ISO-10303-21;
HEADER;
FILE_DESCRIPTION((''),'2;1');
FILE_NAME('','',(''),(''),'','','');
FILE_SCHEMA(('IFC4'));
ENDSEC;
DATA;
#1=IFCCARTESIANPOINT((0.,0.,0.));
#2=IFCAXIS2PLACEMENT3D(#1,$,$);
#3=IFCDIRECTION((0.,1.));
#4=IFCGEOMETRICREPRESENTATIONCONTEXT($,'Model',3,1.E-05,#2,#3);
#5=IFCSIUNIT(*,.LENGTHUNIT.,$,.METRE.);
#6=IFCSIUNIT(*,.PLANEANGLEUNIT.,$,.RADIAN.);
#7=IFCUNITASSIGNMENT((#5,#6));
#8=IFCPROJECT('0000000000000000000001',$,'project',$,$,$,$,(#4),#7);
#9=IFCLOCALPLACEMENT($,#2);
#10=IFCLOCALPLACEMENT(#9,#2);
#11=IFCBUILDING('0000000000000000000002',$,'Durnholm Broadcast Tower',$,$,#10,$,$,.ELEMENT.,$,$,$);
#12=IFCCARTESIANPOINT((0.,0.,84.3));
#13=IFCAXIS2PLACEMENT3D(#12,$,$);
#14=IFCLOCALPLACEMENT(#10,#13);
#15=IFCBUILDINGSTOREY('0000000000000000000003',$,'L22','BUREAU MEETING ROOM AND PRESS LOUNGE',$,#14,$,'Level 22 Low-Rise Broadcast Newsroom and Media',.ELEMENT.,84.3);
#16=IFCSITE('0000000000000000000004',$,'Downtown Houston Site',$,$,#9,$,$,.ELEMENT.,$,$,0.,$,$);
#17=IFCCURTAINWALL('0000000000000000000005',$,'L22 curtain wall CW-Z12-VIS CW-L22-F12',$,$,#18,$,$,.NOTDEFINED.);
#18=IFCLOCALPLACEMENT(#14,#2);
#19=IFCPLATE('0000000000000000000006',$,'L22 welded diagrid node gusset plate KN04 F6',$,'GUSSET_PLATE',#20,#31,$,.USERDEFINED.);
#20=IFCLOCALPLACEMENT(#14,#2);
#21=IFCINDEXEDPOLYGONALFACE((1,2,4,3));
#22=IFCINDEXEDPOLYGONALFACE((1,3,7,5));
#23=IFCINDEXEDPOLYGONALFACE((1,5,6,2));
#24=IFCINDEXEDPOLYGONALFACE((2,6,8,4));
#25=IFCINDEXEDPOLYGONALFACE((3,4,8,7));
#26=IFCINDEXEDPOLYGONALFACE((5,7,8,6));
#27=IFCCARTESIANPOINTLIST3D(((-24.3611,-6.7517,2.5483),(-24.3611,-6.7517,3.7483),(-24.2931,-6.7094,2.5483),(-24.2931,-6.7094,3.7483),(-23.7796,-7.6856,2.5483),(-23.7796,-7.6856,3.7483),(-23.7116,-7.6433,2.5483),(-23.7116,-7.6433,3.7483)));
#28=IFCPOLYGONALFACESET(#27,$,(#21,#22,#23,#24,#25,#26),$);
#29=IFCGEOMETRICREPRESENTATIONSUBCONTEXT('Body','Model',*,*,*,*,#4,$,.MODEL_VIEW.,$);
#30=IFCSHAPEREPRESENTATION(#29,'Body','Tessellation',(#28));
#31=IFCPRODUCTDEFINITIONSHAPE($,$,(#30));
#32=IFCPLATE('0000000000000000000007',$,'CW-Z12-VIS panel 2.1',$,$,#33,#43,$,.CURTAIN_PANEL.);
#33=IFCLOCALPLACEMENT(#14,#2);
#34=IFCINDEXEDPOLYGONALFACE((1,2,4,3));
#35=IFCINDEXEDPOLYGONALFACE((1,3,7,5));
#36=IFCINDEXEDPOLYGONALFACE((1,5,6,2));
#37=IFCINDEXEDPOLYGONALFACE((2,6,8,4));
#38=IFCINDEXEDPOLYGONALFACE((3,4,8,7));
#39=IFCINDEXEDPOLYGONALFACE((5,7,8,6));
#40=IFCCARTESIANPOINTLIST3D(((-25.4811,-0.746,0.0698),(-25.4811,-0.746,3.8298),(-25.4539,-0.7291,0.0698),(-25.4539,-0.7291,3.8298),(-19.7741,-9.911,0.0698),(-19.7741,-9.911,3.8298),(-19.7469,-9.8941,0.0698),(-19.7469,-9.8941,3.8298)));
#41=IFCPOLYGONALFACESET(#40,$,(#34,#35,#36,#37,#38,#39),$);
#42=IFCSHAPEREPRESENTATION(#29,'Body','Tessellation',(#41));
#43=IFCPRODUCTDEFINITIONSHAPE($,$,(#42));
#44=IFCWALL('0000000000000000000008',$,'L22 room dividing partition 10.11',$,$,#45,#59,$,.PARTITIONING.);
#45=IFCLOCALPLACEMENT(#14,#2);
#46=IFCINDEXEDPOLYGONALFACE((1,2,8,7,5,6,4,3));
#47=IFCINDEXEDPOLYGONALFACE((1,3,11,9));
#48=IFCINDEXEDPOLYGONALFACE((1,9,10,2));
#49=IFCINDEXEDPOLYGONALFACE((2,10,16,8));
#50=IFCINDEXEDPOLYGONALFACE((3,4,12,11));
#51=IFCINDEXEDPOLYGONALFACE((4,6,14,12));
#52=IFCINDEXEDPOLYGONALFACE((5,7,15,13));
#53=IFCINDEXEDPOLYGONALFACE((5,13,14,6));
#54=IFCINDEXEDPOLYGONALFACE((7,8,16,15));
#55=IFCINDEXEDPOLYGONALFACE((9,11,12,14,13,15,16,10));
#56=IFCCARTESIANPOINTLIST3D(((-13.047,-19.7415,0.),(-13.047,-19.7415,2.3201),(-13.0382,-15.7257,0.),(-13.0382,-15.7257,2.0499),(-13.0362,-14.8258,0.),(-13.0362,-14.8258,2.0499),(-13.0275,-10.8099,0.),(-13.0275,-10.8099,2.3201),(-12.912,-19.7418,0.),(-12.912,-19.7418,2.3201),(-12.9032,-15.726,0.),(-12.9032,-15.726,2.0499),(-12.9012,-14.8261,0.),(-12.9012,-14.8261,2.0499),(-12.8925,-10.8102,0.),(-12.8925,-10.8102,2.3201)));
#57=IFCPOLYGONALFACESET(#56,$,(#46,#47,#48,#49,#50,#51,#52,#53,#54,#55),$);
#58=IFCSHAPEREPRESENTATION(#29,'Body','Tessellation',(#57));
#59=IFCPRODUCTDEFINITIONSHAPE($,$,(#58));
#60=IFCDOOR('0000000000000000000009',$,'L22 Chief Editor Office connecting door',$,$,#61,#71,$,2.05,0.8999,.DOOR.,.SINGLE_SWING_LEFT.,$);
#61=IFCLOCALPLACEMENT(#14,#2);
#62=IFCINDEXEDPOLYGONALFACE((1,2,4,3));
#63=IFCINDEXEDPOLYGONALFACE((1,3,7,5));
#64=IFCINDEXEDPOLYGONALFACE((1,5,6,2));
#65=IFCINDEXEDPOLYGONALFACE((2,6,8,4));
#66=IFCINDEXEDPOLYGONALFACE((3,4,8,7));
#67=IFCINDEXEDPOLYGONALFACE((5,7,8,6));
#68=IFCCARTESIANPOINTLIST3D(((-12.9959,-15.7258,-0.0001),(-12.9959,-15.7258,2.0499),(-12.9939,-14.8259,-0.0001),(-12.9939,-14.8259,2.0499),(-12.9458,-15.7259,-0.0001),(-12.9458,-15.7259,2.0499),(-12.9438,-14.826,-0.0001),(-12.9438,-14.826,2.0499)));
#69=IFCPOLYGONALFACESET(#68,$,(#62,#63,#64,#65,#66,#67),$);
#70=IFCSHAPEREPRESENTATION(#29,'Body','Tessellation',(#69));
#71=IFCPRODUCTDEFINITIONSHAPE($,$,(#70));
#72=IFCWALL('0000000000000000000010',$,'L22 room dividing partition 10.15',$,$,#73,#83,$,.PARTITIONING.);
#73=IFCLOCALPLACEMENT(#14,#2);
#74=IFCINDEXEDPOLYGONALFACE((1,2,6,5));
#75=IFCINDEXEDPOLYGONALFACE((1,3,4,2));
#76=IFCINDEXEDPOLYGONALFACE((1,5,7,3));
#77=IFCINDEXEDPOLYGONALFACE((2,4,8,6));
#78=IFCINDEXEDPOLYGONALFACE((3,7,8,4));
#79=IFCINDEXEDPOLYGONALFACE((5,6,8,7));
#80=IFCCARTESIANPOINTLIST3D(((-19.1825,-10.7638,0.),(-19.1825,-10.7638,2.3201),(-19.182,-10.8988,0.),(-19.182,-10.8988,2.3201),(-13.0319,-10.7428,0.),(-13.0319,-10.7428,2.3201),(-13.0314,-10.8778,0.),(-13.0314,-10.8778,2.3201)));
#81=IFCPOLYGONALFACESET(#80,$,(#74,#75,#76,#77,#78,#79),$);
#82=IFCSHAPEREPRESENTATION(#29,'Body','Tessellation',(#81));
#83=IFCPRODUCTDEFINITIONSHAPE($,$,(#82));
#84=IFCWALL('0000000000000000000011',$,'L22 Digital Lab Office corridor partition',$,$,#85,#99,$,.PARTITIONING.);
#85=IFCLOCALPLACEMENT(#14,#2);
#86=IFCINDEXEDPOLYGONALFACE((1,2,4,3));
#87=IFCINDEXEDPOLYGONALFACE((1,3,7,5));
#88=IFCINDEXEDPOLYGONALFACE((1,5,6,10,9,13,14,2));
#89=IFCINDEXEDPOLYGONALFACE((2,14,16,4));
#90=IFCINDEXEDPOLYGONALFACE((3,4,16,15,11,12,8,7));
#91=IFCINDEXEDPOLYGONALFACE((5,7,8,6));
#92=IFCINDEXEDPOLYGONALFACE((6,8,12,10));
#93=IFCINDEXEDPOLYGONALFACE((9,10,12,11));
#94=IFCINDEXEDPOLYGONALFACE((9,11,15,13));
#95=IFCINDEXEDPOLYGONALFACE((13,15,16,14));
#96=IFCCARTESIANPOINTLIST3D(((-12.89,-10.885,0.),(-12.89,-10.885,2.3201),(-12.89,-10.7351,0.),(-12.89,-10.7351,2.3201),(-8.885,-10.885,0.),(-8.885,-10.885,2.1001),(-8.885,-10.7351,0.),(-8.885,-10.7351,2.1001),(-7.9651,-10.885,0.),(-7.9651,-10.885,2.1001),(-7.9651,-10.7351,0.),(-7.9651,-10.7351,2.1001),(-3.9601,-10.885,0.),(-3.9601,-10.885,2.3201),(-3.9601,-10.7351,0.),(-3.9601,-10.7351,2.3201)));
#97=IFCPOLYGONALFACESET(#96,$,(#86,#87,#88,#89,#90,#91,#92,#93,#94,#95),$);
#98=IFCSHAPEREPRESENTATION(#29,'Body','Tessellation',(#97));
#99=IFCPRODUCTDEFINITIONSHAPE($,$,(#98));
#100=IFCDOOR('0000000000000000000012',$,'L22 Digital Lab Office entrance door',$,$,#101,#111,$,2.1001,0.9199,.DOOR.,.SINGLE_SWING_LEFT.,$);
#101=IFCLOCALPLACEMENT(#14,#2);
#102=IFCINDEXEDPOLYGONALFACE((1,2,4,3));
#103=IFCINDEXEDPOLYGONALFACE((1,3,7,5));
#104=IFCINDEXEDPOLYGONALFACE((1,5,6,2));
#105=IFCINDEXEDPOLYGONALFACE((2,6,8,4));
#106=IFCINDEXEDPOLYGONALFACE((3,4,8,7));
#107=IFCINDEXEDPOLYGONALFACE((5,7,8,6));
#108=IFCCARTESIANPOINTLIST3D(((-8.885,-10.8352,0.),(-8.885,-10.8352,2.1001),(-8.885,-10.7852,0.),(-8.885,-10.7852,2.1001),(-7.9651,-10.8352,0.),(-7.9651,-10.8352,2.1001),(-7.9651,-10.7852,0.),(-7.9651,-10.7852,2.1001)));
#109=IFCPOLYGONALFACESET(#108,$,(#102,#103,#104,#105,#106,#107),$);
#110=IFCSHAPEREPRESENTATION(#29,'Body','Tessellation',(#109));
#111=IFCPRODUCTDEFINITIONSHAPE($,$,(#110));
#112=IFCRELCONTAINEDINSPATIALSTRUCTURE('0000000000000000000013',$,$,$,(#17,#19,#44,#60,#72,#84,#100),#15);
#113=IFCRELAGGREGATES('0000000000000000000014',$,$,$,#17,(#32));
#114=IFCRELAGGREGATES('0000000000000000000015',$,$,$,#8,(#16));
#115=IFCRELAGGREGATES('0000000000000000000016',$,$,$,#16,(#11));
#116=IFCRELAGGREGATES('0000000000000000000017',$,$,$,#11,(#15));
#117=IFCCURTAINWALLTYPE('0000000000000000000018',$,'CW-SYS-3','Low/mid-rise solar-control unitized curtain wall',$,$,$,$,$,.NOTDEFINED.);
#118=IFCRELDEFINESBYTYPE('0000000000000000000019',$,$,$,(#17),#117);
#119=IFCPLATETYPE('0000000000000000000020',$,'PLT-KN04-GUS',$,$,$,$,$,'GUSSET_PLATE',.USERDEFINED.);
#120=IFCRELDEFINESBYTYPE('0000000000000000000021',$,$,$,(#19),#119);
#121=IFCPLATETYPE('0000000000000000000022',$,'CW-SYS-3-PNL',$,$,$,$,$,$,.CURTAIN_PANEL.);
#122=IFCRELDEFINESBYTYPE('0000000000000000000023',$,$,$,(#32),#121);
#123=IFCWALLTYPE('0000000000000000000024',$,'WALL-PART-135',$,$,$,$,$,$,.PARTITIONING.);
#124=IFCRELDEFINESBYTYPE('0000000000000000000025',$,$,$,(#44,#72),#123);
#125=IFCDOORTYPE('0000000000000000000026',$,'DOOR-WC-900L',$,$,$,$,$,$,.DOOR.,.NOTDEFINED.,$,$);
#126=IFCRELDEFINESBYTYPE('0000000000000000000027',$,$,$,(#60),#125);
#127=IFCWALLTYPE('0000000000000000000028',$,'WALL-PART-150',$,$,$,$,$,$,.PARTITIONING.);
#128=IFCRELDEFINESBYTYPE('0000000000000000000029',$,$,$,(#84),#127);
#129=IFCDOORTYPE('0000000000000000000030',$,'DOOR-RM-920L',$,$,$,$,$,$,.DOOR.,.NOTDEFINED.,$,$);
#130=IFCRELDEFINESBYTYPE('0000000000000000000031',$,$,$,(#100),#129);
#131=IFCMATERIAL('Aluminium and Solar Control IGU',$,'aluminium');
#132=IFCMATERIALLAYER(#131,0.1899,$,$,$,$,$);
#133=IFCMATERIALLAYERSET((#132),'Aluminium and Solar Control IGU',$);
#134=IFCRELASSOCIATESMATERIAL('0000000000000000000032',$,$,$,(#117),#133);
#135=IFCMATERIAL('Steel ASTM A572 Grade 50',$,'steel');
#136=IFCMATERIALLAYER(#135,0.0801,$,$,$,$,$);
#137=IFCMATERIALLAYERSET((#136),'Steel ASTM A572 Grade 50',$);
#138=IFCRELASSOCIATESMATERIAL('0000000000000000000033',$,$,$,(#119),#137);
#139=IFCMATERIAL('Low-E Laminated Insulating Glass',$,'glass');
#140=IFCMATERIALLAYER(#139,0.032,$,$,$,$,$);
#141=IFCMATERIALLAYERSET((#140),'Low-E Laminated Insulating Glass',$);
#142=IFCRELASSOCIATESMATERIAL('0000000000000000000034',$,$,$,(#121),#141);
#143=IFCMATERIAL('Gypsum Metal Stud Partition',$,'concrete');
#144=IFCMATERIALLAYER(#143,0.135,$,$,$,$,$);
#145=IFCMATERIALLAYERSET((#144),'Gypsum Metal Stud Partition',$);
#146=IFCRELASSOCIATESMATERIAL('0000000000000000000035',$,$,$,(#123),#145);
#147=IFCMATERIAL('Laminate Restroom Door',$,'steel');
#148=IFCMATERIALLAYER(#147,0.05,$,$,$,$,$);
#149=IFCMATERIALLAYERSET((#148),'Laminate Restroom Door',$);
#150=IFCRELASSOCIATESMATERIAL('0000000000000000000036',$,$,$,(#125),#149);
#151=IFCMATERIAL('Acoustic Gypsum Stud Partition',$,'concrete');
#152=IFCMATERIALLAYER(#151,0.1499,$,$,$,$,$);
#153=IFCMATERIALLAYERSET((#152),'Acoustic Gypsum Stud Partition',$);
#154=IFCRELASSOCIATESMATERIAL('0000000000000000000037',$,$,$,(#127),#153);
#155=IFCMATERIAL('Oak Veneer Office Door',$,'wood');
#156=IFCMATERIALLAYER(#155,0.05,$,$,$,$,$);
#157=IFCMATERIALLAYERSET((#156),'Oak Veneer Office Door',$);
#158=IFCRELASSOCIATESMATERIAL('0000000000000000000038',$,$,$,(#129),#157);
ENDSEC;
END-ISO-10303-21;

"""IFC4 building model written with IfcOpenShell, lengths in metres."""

from ifc_helpers import new_model, si_unit, direction, frame, frame_2d, origin, origin_2d, place, context, subcontext, project, spatial, rectangle, extrude, source, transform, mapped, material, layer, layer_set, type_object, type_shapes, element, fill, aggregate, save


model = new_model("IFC4")

# Units and contexts
model_context = context("Model", 3, precision=1e-05, world=origin(), true_north=direction((0.0, 1.0)))
body_context = subcontext(model_context, "Body", "Model", "MODEL_VIEW")
ifc_project = project(units=[si_unit("LENGTHUNIT", "METRE"), si_unit("PLANEANGLEUNIT", "RADIAN")], contexts=[model_context])

# Site, building, storey
site_placement = place(None, origin())
site = spatial("IfcSite", under=ifc_project, at=site_placement, Name="Downtown Houston Site", CompositionType="ELEMENT", RefElevation=0.0)
building_placement = place(site_placement, origin())
building = spatial("IfcBuilding", under=site, at=building_placement, Name="Durnholm Broadcast Tower", CompositionType="ELEMENT")
storey_placement = place(building_placement, frame((0.0, 0.0, 84.3)))
storey = spatial("IfcBuildingStorey", under=building, at=storey_placement, Name="L22", Description="BUREAU MEETING ROOM AND PRESS LOUNGE", LongName="Level 22 Low-Rise Broadcast Newsroom and Media", CompositionType="ELEMENT", Elevation=84.3)

# Curtain wall
ifc_material_1 = material(Name="Aluminium and Solar Control IGU", Category="aluminium")
ifc_layer_1 = layer(ifc_material_1, 0.1899)
ifc_layer_set_1 = layer_set([ifc_layer_1], Name="Aluminium and Solar Control IGU")
curtain_wall_type_1 = type_object("IfcCurtainWallType", Name="CW-SYS-3", Description="Low/mid-rise solar-control unitized curtain wall", PredefinedType="NOTDEFINED", material=ifc_layer_set_1)
curtain_wall_1_placement = place(storey_placement, origin())
curtain_wall_1 = element("IfcCurtainWall", 1, at=curtain_wall_1_placement, inside=storey, type_object=curtain_wall_type_1, Name="L22 curtain wall CW-Z12-VIS CW-L22-F12", PredefinedType="NOTDEFINED")

# Plate
ifc_material_2 = material(Name="Steel ASTM A572 Grade 50", Category="steel")
ifc_layer_2 = layer(ifc_material_2, 0.0801)
ifc_layer_set_2 = layer_set([ifc_layer_2], Name="Steel ASTM A572 Grade 50")
plate_type_1 = type_object("IfcPlateType", Name="PLT-KN04-GUS", ElementType="GUSSET_PLATE", PredefinedType="USERDEFINED", material=ifc_layer_set_2)
shared_shape_1 = source(origin(), body_context, "Body", "SweptSolid", [
    extrude(rectangle(XDim=1.1001, YDim=0.0801, at=origin_2d()), origin(), (0.0, 0.0, 1.0), 1.2),
])
type_shapes(plate_type_1, [shared_shape_1])
plate_1_placement = place(storey_placement, frame((-24.0364, -7.1975, 2.5483), z_axis=(0.0, 0.0, 1.0), x_axis=(0.528587, -0.848879, 0.0)))
element("IfcPlate", 2, at=plate_1_placement, inside=storey, type_object=plate_type_1, Name="L22 welded diagrid node gusset plate KN04 F6", ObjectType="GUSSET_PLATE", PredefinedType="USERDEFINED", context=body_context, shape_type="MappedRepresentation", body=[
    mapped(shared_shape_1, transform((0.0, 0.0, 0.0), x_axis=(1.0, 0.0, 0.0), y_axis=(0.0, 1.0, 0.0), z_axis=(0.0, 0.0, 1.0), scale=1.0)),
])

# Plate
ifc_material_3 = material(Name="Low-E Laminated Insulating Glass", Category="glass")
ifc_layer_3 = layer(ifc_material_3, 0.032)
ifc_layer_set_3 = layer_set([ifc_layer_3], Name="Low-E Laminated Insulating Glass")
plate_type_2 = type_object("IfcPlateType", Name="CW-SYS-3-PNL", PredefinedType="CURTAIN_PANEL", material=ifc_layer_set_3)
shared_shape_2 = source(origin(), body_context, "Body", "SweptSolid", [
    extrude(rectangle(XDim=10.7966, YDim=0.032, at=origin_2d()), origin(), (0.0, 0.0, 1.0), 3.76),
])
type_shapes(plate_type_2, [shared_shape_2])
plate_2_placement = place(storey_placement, frame((-22.614, -5.3201, 0.0698), z_axis=(0.0, 0.0, 1.0), x_axis=(-0.528592, 0.848876, 0.0)))
plate_2 = element("IfcPlate", 3, at=plate_2_placement, type_object=plate_type_2, Name="CW-Z12-VIS panel 2.1", PredefinedType="CURTAIN_PANEL", context=body_context, shape_type="MappedRepresentation", body=[
    mapped(shared_shape_2, transform((0.0, 0.0, 0.0), x_axis=(1.0, 0.0, 0.0), y_axis=(0.0, 1.0, 0.0), z_axis=(0.0, 0.0, 1.0), scale=1.0)),
])
aggregate(curtain_wall_1, [plate_2])

# Wall, opening, door
ifc_material_4 = material(Name="Gypsum Metal Stud Partition", Category="concrete")
ifc_layer_4 = layer(ifc_material_4, 0.135)
ifc_layer_set_4 = layer_set([ifc_layer_4], Name="Gypsum Metal Stud Partition")
wall_type_1 = type_object("IfcWallType", Name="WALL-PART-135", PredefinedType="PARTITIONING", material=ifc_layer_set_4)
wall_1_placement = place(storey_placement, frame((-12.96, -10.8101, 0.0), z_axis=(0.0, 0.0, 1.0), x_axis=(-0.002187, -0.999998, 0.0)))
wall_1 = element("IfcWall", 4, at=wall_1_placement, inside=storey, type_object=wall_type_1, Name="L22 room dividing partition 10.11", PredefinedType="PARTITIONING", context=body_context, shape_type="SweptSolid", body=[
    extrude(rectangle(XDim=8.9316, YDim=0.135, at=frame_2d((4.4658, 0.0))), origin(), (0.0, 0.0, 1.0), 2.3201),
])
opening_1_placement = place(wall_1_placement, frame((4.0159, 0.0, 0.0)))
opening_1 = element("IfcOpeningElement", 5, at=opening_1_placement, cuts=wall_1, PredefinedType="OPENING", context=body_context, shape_type="SweptSolid", body=[
    extrude(rectangle(XDim=0.8999, YDim=2.05, at=frame_2d((0.45, 1.0249))), frame((0.0, 0.0776, 0.0), z_axis=(0.0, -1.0, 0.0), x_axis=(1.0, 0.0, 0.0)), (0.0, 0.0, 1.0), 0.155),
])
ifc_material_5 = material(Name="Laminate Restroom Door", Category="steel")
ifc_layer_5 = layer(ifc_material_5, 0.05)
ifc_layer_set_5 = layer_set([ifc_layer_5], Name="Laminate Restroom Door")
door_type_1 = type_object("IfcDoorType", Name="DOOR-WC-900L", OperationType="NOTDEFINED", PredefinedType="DOOR", material=ifc_layer_set_5)
shared_shape_3 = source(origin(), body_context, "Body", "SweptSolid", [
    extrude(rectangle(XDim=0.8999, YDim=2.05, at=frame_2d((0.45, 1.0249))), frame((0.0, 0.0249, 0.0), z_axis=(0.0, -1.0, 0.0), x_axis=(1.0, 0.0, 0.0)), (0.0, 0.0, 1.0), 0.05),
])
type_shapes(door_type_1, [shared_shape_3])
door_1_placement = place(opening_1_placement, origin())
door_1 = element("IfcDoor", 6, at=door_1_placement, inside=storey, type_object=door_type_1, Name="L22 Chief Editor Office connecting door", OperationType="SINGLE_SWING_LEFT", OverallHeight=2.05, OverallWidth=0.8999, PredefinedType="DOOR", context=body_context, shape_type="MappedRepresentation", body=[
    mapped(shared_shape_3, transform((0.0, 0.0, 0.0), x_axis=(1.0, 0.0, 0.0), y_axis=(0.0, 1.0, 0.0), z_axis=(0.0, 0.0, 1.0), scale=1.0)),
])
fill(opening_1, door_1)

# Wall
wall_2_placement = place(storey_placement, frame((-19.1821, -10.8313, 0.0), z_axis=(0.0, 0.0, 1.0), x_axis=(0.999994, 0.003414, 0.0)))
element("IfcWall", 7, at=wall_2_placement, inside=storey, type_object=wall_type_1, Name="L22 room dividing partition 10.15", PredefinedType="PARTITIONING", context=body_context, shape_type="SweptSolid", body=[
    extrude(rectangle(XDim=6.1506, YDim=0.135, at=frame_2d((3.0752, 0.0))), origin(), (0.0, 0.0, 1.0), 2.3201),
])

# Wall, opening, door
ifc_material_6 = material(Name="Acoustic Gypsum Stud Partition", Category="concrete")
ifc_layer_6 = layer(ifc_material_6, 0.1499)
ifc_layer_set_6 = layer_set([ifc_layer_6], Name="Acoustic Gypsum Stud Partition")
wall_type_2 = type_object("IfcWallType", Name="WALL-PART-150", PredefinedType="PARTITIONING", material=ifc_layer_set_6)
wall_3_placement = place(storey_placement, frame((-12.8899, -10.8101, 0.0), z_axis=(0.0, 0.0, 1.0), x_axis=(1.0, 0.0, 0.0)))
wall_3 = element("IfcWall", 8, at=wall_3_placement, inside=storey, type_object=wall_type_2, Name="L22 Digital Lab Office corridor partition", PredefinedType="PARTITIONING", context=body_context, shape_type="SweptSolid", body=[
    extrude(rectangle(XDim=8.9299, YDim=0.1499, at=frame_2d((4.4648, 0.0))), origin(), (0.0, 0.0, 1.0), 2.3201),
])
opening_2_placement = place(wall_3_placement, frame((4.0049, 0.0, 0.0)))
opening_2 = element("IfcOpeningElement", 9, at=opening_2_placement, cuts=wall_3, PredefinedType="OPENING", context=body_context, shape_type="SweptSolid", body=[
    extrude(rectangle(XDim=0.9199, YDim=2.1001, at=frame_2d((0.46, 1.05))), frame((0.0, 0.085, 0.0), z_axis=(0.0, -1.0, 0.0), x_axis=(1.0, 0.0, 0.0)), (0.0, 0.0, 1.0), 0.1699),
])
ifc_material_7 = material(Name="Oak Veneer Office Door", Category="wood")
ifc_layer_7 = layer(ifc_material_7, 0.05)
ifc_layer_set_7 = layer_set([ifc_layer_7], Name="Oak Veneer Office Door")
door_type_2 = type_object("IfcDoorType", Name="DOOR-RM-920L", OperationType="NOTDEFINED", PredefinedType="DOOR", material=ifc_layer_set_7)
shared_shape_4 = source(origin(), body_context, "Body", "SweptSolid", [
    extrude(rectangle(XDim=0.9199, YDim=2.1001, at=frame_2d((0.46, 1.05))), frame((0.0, 0.0249, 0.0), z_axis=(0.0, -1.0, 0.0), x_axis=(1.0, 0.0, 0.0)), (0.0, 0.0, 1.0), 0.05),
])
type_shapes(door_type_2, [shared_shape_4])
door_2_placement = place(opening_2_placement, origin())
door_2 = element("IfcDoor", 10, at=door_2_placement, inside=storey, type_object=door_type_2, Name="L22 Digital Lab Office entrance door", OperationType="SINGLE_SWING_LEFT", OverallHeight=2.1001, OverallWidth=0.9199, PredefinedType="DOOR", context=body_context, shape_type="MappedRepresentation", body=[
    mapped(shared_shape_4, transform((0.0, 0.0, 0.0), x_axis=(1.0, 0.0, 0.0), y_axis=(0.0, 1.0, 0.0), z_axis=(0.0, 0.0, 1.0), scale=1.0)),
])
fill(opening_2, door_2)

save(model, "model.ifc")
